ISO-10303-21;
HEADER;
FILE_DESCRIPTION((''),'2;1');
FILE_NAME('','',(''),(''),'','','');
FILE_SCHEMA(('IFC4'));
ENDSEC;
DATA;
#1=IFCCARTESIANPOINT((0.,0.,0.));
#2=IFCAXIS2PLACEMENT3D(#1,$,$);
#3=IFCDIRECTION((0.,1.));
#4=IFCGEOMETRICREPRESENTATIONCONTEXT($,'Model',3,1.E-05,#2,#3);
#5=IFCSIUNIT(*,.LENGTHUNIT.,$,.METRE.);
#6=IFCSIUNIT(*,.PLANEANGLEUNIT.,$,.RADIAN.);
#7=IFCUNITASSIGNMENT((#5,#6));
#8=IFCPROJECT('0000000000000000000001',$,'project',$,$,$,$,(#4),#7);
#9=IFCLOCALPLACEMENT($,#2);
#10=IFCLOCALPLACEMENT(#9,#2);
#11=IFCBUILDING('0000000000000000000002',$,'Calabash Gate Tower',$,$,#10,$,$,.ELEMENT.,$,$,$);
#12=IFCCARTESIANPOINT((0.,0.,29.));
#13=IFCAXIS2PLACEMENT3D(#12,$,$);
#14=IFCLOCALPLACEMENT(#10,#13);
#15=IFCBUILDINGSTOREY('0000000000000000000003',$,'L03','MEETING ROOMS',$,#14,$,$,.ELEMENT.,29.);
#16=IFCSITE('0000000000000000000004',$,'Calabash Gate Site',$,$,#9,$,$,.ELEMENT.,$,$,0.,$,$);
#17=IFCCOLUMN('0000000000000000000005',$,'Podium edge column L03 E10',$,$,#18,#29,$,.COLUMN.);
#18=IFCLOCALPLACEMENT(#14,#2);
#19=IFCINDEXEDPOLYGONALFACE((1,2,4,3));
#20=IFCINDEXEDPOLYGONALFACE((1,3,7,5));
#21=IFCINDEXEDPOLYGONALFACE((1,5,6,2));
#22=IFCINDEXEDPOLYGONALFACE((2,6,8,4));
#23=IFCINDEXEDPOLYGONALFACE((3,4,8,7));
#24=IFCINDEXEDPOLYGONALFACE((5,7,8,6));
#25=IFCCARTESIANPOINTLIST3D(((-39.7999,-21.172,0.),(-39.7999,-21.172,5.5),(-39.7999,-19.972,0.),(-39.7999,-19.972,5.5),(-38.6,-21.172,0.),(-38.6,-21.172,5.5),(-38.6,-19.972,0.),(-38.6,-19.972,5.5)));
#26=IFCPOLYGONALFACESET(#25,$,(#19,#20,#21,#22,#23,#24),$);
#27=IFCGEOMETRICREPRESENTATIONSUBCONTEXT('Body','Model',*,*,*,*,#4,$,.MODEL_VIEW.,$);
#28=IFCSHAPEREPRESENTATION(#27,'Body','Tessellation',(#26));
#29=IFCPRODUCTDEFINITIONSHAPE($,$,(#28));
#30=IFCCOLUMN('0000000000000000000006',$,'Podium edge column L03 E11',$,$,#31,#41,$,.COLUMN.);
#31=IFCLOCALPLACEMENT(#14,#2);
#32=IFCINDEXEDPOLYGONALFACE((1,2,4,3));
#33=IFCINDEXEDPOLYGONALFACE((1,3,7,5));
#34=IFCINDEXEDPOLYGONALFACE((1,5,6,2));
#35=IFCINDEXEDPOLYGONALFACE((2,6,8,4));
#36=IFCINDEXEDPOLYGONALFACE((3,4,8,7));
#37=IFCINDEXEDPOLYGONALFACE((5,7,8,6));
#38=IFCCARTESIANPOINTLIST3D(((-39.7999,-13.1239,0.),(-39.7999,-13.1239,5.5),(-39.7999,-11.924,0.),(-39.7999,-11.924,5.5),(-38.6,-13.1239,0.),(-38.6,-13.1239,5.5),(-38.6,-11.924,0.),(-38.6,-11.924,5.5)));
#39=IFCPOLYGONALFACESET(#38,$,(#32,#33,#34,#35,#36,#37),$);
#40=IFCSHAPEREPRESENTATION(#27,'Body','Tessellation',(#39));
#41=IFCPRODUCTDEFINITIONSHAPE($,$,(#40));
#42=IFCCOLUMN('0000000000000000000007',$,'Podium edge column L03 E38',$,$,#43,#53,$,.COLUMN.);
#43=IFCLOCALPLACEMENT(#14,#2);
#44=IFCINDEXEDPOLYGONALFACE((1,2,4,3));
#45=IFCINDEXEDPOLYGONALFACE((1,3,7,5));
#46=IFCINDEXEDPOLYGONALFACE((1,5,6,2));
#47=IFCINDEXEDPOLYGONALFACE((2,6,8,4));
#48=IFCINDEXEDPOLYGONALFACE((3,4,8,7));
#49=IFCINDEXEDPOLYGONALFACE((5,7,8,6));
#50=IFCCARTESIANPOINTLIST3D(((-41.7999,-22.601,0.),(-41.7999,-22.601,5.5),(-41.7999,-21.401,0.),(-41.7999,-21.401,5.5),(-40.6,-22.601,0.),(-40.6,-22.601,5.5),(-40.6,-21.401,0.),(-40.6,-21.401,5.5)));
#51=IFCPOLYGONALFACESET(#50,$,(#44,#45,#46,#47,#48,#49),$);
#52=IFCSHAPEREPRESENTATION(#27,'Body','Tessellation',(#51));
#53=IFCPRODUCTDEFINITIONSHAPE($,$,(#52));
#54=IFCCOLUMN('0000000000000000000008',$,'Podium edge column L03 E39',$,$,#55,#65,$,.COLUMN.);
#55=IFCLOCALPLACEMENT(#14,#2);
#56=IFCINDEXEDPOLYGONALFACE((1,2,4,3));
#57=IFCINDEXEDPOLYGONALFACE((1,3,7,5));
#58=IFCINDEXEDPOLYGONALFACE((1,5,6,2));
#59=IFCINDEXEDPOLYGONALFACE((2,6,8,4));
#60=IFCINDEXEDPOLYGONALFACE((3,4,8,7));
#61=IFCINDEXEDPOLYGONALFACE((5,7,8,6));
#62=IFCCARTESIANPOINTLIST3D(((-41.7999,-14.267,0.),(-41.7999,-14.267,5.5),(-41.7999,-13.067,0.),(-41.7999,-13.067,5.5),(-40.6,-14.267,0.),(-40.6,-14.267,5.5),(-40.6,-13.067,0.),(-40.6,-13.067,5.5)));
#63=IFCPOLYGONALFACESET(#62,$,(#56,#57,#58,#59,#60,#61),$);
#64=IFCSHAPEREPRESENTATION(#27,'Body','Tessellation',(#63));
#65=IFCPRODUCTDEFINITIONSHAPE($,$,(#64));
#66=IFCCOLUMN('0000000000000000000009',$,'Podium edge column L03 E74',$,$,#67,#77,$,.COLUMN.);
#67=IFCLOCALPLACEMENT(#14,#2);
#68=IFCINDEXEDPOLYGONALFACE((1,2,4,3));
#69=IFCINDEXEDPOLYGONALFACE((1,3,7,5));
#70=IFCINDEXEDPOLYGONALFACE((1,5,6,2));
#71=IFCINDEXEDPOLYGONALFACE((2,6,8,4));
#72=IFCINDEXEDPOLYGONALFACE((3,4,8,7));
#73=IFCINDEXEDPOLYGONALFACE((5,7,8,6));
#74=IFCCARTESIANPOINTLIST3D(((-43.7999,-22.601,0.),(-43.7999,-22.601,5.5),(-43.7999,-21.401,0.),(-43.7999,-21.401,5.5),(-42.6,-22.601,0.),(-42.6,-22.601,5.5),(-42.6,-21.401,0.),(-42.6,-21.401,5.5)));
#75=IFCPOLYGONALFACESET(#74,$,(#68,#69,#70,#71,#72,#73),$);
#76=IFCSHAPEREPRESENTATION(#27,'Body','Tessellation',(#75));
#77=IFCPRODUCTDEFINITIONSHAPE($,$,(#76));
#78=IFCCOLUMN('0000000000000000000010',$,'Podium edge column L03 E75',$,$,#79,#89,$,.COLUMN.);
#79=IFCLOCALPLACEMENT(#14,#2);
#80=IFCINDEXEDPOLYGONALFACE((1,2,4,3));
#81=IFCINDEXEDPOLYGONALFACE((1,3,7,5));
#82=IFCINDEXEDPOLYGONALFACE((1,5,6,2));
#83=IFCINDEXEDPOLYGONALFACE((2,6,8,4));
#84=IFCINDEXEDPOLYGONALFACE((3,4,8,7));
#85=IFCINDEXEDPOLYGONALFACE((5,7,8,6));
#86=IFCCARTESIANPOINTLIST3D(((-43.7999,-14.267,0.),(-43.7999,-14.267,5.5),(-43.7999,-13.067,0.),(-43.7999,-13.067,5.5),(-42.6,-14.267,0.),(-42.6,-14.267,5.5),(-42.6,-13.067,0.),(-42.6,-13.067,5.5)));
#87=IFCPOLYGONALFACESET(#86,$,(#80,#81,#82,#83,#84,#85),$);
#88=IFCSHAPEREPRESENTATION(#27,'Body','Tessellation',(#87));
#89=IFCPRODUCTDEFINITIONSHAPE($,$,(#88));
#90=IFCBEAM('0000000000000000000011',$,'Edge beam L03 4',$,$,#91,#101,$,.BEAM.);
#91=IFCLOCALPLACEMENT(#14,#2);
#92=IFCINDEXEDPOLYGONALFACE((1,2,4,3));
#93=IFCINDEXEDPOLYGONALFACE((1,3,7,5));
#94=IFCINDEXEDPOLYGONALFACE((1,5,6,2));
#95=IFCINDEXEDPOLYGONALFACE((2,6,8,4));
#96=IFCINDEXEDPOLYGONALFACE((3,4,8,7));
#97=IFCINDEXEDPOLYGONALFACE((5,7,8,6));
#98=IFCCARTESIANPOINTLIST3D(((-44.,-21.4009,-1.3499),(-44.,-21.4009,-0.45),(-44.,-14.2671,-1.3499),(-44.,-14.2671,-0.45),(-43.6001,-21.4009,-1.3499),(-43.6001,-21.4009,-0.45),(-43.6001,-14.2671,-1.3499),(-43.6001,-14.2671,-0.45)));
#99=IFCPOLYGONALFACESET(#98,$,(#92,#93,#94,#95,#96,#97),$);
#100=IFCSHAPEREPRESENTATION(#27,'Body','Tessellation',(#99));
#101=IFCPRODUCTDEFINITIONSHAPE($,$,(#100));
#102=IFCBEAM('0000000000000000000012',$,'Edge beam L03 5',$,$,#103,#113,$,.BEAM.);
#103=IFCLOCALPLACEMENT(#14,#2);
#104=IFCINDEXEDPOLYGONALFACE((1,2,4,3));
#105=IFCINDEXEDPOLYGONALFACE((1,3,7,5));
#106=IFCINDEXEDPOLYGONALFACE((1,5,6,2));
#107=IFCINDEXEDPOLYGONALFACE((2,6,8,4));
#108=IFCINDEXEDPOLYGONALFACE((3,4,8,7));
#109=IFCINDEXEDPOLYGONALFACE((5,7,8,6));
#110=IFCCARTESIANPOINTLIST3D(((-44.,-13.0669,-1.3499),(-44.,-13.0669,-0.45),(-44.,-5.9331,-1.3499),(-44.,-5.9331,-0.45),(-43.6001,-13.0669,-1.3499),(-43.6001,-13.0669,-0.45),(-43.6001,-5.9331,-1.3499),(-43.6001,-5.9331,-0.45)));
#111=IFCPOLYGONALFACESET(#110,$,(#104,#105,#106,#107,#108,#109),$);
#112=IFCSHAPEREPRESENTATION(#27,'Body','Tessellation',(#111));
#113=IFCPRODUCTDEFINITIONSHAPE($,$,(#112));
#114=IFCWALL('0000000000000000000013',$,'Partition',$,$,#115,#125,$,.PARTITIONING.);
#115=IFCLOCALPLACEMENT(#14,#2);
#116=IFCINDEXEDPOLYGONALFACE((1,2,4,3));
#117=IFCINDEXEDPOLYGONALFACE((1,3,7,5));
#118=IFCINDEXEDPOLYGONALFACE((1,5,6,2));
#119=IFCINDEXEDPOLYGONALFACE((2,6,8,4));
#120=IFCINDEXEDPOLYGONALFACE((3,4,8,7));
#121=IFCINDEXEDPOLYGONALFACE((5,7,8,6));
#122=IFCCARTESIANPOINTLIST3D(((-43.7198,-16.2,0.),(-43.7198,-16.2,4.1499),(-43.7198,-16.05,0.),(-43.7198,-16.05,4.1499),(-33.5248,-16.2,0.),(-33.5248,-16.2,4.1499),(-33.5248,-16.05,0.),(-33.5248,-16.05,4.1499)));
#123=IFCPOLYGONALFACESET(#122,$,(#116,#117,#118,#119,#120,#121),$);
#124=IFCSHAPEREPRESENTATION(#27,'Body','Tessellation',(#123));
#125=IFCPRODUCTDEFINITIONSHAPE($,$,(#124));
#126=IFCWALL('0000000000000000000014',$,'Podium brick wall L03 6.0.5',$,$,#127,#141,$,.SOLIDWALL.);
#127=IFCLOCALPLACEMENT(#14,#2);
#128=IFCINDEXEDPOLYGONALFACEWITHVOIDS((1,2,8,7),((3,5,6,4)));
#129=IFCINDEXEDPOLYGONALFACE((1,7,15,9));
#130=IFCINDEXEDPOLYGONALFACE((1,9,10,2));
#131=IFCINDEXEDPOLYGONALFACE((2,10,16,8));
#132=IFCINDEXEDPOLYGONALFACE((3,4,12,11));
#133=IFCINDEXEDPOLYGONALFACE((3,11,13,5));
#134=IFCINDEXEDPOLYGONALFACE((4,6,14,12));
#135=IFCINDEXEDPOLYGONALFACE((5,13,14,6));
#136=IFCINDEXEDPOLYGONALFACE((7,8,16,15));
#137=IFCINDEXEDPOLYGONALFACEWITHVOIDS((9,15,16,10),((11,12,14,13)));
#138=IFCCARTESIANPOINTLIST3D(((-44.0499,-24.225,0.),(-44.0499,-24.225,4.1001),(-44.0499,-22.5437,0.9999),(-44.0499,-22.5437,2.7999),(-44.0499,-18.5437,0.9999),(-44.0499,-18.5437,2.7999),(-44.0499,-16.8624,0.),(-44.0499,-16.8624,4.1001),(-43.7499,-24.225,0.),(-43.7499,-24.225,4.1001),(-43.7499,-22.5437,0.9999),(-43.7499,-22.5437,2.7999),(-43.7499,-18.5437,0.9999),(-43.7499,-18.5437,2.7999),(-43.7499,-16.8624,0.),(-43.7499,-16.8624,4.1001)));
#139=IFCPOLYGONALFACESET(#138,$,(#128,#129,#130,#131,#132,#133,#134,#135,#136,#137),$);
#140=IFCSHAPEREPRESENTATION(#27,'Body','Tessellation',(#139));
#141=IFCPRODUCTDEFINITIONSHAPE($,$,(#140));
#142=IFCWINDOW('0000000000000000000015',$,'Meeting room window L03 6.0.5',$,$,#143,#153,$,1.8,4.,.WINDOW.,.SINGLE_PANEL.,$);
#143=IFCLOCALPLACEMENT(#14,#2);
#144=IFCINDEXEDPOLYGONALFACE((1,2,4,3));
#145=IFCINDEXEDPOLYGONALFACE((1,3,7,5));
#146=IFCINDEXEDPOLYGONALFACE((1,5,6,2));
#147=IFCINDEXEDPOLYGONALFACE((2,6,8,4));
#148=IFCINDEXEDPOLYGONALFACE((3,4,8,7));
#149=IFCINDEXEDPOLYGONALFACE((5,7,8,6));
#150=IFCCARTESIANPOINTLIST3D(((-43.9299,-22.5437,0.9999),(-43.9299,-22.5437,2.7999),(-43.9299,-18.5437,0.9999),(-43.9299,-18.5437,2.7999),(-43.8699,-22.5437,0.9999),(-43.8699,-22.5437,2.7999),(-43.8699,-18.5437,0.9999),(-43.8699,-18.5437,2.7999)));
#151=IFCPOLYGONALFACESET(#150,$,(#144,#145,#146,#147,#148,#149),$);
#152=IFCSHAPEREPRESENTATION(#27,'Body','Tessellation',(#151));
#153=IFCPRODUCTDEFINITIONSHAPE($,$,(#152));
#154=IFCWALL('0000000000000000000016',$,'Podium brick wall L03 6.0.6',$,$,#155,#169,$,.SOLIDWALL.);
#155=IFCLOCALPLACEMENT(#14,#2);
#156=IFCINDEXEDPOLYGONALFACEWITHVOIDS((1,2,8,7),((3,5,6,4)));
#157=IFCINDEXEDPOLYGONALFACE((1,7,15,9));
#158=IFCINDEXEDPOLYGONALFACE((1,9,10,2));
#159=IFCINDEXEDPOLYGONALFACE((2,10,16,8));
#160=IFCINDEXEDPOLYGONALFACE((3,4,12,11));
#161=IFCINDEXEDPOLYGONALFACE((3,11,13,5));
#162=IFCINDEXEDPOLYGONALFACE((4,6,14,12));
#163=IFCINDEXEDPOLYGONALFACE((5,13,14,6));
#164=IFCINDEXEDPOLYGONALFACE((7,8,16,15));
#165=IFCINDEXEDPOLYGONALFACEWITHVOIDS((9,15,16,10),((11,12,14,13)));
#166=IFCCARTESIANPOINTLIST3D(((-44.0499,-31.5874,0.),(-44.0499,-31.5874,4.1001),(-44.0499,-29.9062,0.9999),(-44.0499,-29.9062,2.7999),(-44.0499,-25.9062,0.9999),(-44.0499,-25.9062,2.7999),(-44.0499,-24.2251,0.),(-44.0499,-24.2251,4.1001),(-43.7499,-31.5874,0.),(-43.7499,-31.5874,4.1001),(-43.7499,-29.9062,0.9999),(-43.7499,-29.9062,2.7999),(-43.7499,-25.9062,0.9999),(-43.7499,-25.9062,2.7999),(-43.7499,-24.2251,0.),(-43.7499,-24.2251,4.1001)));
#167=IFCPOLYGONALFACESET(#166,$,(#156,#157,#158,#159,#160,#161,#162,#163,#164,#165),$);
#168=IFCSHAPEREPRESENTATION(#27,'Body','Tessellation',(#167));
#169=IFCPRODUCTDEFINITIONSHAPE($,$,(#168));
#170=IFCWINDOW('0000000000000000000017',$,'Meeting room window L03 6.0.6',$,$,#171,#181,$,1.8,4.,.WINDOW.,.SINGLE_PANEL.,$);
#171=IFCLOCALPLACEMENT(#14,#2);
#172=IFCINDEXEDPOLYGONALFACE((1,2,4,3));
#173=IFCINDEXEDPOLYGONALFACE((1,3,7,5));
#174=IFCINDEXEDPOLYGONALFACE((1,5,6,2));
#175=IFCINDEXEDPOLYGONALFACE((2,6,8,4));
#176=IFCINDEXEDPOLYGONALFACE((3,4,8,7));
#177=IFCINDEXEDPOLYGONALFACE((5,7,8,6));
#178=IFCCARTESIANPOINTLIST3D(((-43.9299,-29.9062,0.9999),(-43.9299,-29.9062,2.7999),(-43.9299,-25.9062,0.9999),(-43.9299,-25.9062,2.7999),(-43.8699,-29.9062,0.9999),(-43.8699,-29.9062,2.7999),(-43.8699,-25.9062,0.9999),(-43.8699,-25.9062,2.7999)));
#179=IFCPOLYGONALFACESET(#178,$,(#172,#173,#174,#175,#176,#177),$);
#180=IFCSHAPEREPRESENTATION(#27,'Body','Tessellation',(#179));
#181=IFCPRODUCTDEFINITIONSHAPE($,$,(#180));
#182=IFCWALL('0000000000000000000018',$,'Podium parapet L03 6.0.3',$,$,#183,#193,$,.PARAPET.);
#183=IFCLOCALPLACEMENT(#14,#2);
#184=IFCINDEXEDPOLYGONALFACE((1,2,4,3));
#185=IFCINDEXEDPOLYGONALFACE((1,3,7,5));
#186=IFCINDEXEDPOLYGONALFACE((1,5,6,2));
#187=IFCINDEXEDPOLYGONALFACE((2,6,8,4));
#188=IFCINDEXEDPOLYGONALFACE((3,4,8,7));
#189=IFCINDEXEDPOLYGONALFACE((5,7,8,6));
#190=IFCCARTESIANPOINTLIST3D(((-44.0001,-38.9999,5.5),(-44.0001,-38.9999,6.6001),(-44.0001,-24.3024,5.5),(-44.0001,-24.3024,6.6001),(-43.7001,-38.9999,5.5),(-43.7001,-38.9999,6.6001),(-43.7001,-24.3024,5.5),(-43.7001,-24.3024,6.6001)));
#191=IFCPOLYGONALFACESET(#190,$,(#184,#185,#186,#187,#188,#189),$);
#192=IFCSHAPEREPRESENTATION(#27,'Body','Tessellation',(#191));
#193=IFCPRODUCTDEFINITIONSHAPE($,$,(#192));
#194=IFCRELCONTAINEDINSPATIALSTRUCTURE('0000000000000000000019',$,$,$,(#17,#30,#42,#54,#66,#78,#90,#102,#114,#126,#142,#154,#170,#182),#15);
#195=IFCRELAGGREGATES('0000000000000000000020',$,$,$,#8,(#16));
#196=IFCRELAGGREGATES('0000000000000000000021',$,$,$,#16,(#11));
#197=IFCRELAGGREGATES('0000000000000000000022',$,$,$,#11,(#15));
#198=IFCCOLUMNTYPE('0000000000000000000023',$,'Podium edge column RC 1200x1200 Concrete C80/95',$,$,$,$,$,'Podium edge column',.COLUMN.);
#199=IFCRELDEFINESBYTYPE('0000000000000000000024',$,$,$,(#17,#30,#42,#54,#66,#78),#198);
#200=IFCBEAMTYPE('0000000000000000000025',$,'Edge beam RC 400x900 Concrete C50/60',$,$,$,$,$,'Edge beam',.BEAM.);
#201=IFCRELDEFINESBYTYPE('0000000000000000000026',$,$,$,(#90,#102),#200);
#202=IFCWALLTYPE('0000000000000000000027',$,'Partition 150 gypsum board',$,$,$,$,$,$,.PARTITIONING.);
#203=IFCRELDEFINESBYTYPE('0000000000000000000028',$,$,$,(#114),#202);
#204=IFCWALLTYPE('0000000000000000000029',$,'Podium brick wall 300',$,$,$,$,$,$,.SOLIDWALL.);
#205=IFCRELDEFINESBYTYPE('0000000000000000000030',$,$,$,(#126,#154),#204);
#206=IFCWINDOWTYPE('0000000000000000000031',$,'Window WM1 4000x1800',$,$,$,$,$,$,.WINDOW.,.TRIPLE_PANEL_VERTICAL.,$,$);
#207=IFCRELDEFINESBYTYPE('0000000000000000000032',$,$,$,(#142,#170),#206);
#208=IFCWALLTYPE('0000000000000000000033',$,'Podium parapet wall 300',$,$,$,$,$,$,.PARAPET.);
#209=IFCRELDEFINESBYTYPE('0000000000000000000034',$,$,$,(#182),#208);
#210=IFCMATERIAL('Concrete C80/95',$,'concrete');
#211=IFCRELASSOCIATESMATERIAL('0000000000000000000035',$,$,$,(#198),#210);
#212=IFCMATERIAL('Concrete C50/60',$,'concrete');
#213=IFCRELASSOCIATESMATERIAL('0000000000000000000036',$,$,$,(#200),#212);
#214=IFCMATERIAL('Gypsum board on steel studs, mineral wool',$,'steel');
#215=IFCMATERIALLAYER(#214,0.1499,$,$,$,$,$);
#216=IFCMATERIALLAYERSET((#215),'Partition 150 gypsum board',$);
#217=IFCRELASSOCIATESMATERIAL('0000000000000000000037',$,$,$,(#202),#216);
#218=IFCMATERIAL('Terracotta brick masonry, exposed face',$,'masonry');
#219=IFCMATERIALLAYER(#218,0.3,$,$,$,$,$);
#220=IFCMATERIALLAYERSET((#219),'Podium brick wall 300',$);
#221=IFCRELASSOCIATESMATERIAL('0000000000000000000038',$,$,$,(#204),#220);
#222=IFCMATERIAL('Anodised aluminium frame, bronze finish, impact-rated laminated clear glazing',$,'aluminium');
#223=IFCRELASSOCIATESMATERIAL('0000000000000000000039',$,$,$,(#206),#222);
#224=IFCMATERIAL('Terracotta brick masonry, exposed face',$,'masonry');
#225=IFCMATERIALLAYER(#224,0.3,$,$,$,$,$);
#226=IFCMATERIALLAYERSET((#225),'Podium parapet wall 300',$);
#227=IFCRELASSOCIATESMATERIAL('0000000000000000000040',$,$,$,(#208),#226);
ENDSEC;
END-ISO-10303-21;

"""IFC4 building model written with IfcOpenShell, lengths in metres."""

from ifc_helpers import new_model, si_unit, direction, frame, frame_2d, origin, origin_2d, place, context, subcontext, project, spatial, rectangle, extrude, material, layer, layer_set, material_profile, profile_set, type_object, element, fill, save


model = new_model("IFC4")

# Units and contexts
model_context = context("Model", 3, precision=1e-05, world=origin(), true_north=direction((0.0, 1.0)))
body_context = subcontext(model_context, "Body", "Model", "MODEL_VIEW")
ifc_project = project(units=[si_unit("LENGTHUNIT", "METRE"), si_unit("PLANEANGLEUNIT", "RADIAN")], contexts=[model_context])

# Site, building, storey
site_placement = place(None, origin())
site = spatial("IfcSite", under=ifc_project, at=site_placement, Name="Calabash Gate Site", CompositionType="ELEMENT", RefElevation=0.0)
building_placement = place(site_placement, origin())
building = spatial("IfcBuilding", under=site, at=building_placement, Name="Calabash Gate Tower", CompositionType="ELEMENT")
storey_placement = place(building_placement, frame((0.0, 0.0, 29.0)))
storey = spatial("IfcBuildingStorey", under=building, at=storey_placement, Name="L03", Description="MEETING ROOMS", CompositionType="ELEMENT", Elevation=29.0)

# Columns
ifc_material_1 = material(Name="Concrete C80/95", Category="concrete")
ifc_material_profile_1 = material_profile(ifc_material_1, rectangle(XDim=1.2, YDim=1.2, at=origin_2d()))
ifc_profile_set_1 = profile_set([ifc_material_profile_1], Name="Concrete C80/95")
column_type = type_object("IfcColumnType", Name="Podium edge column RC 1200x1200 Concrete C80/95", ElementType="Podium edge column", PredefinedType="COLUMN", material=ifc_profile_set_1)
for number, where, z_axis, x_axis, name in (
    (1, (-39.2, -20.572, 0.0), (0.0, 0.0, 1.0), (1.0, 0.0, 0.0), "Podium edge column L03 E10"),
    (2, (-39.2, -12.5239, 0.0), (0.0, 0.0, 1.0), (1.0, 0.0, 0.0), "Podium edge column L03 E11"),
    (3, (-41.2, -22.001, 0.0), (0.0, 0.0, 1.0), (1.0, 0.0, 0.0), "Podium edge column L03 E38"),
    (4, (-41.2, -13.667, 0.0), (0.0, 0.0, 1.0), (1.0, 0.0, 0.0), "Podium edge column L03 E39"),
    (5, (-43.2, -22.001, 0.0), (0.0, 0.0, 1.0), (1.0, 0.0, 0.0), "Podium edge column L03 E74"),
    (6, (-43.2, -13.667, 0.0), (0.0, 0.0, 1.0), (1.0, 0.0, 0.0), "Podium edge column L03 E75"),
):
    element("IfcColumn", number, at=place(storey_placement, frame(where, z_axis=z_axis, x_axis=x_axis)), inside=storey, type_object=column_type, Name=name, PredefinedType="COLUMN", context=body_context, shape_type="SweptSolid", body=[
        extrude(rectangle(XDim=1.2, YDim=1.2, at=origin_2d()), origin(), (0.0, 0.0, 1.0), 5.5),
    ])

# Beams
ifc_material_2 = material(Name="Concrete C50/60", Category="concrete")
ifc_material_profile_2 = material_profile(ifc_material_2, rectangle(XDim=0.3999, YDim=0.8999, at=origin_2d()))
ifc_profile_set_2 = profile_set([ifc_material_profile_2], Name="Concrete C50/60")
beam_type = type_object("IfcBeamType", Name="Edge beam RC 400x900 Concrete C50/60", ElementType="Edge beam", PredefinedType="BEAM", material=ifc_profile_set_2)
for number, where, z_axis, x_axis, name in (
    (7, (-43.8, -21.4009, -0.8999), (0.0, 1.0, 0.0), (-1.0, 0.0, 0.0), "Edge beam L03 4"),
    (8, (-43.8, -13.0669, -0.8999), (0.0, 1.0, 0.0), (-1.0, 0.0, 0.0), "Edge beam L03 5"),
):
    element("IfcBeam", number, at=place(storey_placement, frame(where, z_axis=z_axis, x_axis=x_axis)), inside=storey, type_object=beam_type, Name=name, PredefinedType="BEAM", context=body_context, shape_type="SweptSolid", body=[
        extrude(rectangle(XDim=0.3999, YDim=0.8999, at=origin_2d()), origin(), (0.0, 0.0, 1.0), 7.1338),
    ])

# Wall
ifc_material_3 = material(Name="Gypsum board on steel studs, mineral wool", Category="steel")
ifc_layer_1 = layer(ifc_material_3, 0.1499)
ifc_layer_set_1 = layer_set([ifc_layer_1], Name="Partition 150 gypsum board")
wall_type_1 = type_object("IfcWallType", Name="Partition 150 gypsum board", PredefinedType="PARTITIONING", material=ifc_layer_set_1)
wall_1_placement = place(storey_placement, frame((-43.72, -16.125, 0.0), z_axis=(0.0, 0.0, 1.0), x_axis=(1.0, 0.0, 0.0)))
element("IfcWall", 9, at=wall_1_placement, inside=storey, type_object=wall_type_1, Name="Partition", PredefinedType="PARTITIONING", context=body_context, shape_type="SweptSolid", body=[
    extrude(rectangle(XDim=10.1951, YDim=0.1499, at=frame_2d((5.0977, 0.0))), origin(), (0.0, 0.0, 1.0), 4.1499),
])

# Walls, openings, windows
ifc_material_4 = material(Name="Terracotta brick masonry, exposed face", Category="masonry")
ifc_layer_2 = layer(ifc_material_4, 0.3)
ifc_layer_set_2 = layer_set([ifc_layer_2], Name="Podium brick wall 300")
wall_type_2 = type_object("IfcWallType", Name="Podium brick wall 300", PredefinedType="SOLIDWALL", material=ifc_layer_set_2)
wall_2_placement = place(storey_placement, frame((-43.8999, -16.8625, 0.0), z_axis=(0.0, 0.0, 1.0), x_axis=(0.0, -1.0, 0.0)))
wall_2 = element("IfcWall", 10, at=wall_2_placement, inside=storey, type_object=wall_type_2, Name="Podium brick wall L03 6.0.5", PredefinedType="SOLIDWALL", context=body_context, shape_type="SweptSolid", body=[
    extrude(rectangle(XDim=7.3625, YDim=0.3, at=frame_2d((3.6812, 0.0))), origin(), (0.0, 0.0, 1.0), 4.1001),
])
opening_1_placement = place(wall_2_placement, frame((1.6812, 0.0, 1.0)))
opening_1 = element("IfcOpeningElement", 11, at=opening_1_placement, cuts=wall_2, PredefinedType="OPENING", context=body_context, shape_type="SweptSolid", body=[
    extrude(rectangle(XDim=4.0, YDim=1.8, at=frame_2d((2.0, 0.8999))), frame((0.0, 0.1599, 0.0), z_axis=(0.0, -1.0, 0.0), x_axis=(1.0, 0.0, 0.0)), (0.0, 0.0, 1.0), 0.3201),
])
ifc_material_5 = material(Name="Anodised aluminium frame, bronze finish, impact-rated laminated clear glazing", Category="aluminium")
window_type = type_object("IfcWindowType", Name="Window WM1 4000x1800", PartitioningType="TRIPLE_PANEL_VERTICAL", PredefinedType="WINDOW", material=ifc_material_5)
window_1_placement = place(opening_1_placement, origin())
window_1 = element("IfcWindow", 12, at=window_1_placement, inside=storey, type_object=window_type, Name="Meeting room window L03 6.0.5", OverallHeight=1.8, OverallWidth=4.0, PartitioningType="SINGLE_PANEL", PredefinedType="WINDOW", context=body_context, shape_type="SweptSolid", body=[
    extrude(rectangle(XDim=4.0, YDim=1.8, at=frame_2d((2.0, 0.8999))), frame((0.0, 0.03, 0.0), z_axis=(0.0, -1.0, 0.0), x_axis=(1.0, 0.0, 0.0)), (0.0, 0.0, 1.0), 0.0601),
])
fill(opening_1, window_1)
wall_3_placement = place(storey_placement, frame((-43.8999, -24.2251, 0.0), z_axis=(0.0, 0.0, 1.0), x_axis=(0.0, -1.0, 0.0)))
wall_3 = element("IfcWall", 13, at=wall_3_placement, inside=storey, type_object=wall_type_2, Name="Podium brick wall L03 6.0.6", PredefinedType="SOLIDWALL", context=body_context, shape_type="SweptSolid", body=[
    extrude(rectangle(XDim=7.3623, YDim=0.3, at=frame_2d((3.6812, 0.0))), origin(), (0.0, 0.0, 1.0), 4.1001),
])
opening_2_placement = place(wall_3_placement, frame((1.6812, 0.0, 1.0)))
opening_2 = element("IfcOpeningElement", 14, at=opening_2_placement, cuts=wall_3, PredefinedType="OPENING", context=body_context, shape_type="SweptSolid", body=[
    extrude(rectangle(XDim=4.0, YDim=1.8, at=frame_2d((2.0, 0.8999))), frame((0.0, 0.1599, 0.0), z_axis=(0.0, -1.0, 0.0), x_axis=(1.0, 0.0, 0.0)), (0.0, 0.0, 1.0), 0.3201),
])
window_2_placement = place(opening_2_placement, origin())
window_2 = element("IfcWindow", 15, at=window_2_placement, inside=storey, type_object=window_type, Name="Meeting room window L03 6.0.6", OverallHeight=1.8, OverallWidth=4.0, PartitioningType="SINGLE_PANEL", PredefinedType="WINDOW", context=body_context, shape_type="SweptSolid", body=[
    extrude(rectangle(XDim=4.0, YDim=1.8, at=frame_2d((2.0, 0.8999))), frame((0.0, 0.03, 0.0), z_axis=(0.0, -1.0, 0.0), x_axis=(1.0, 0.0, 0.0)), (0.0, 0.0, 1.0), 0.0601),
])
fill(opening_2, window_2)

# Wall
ifc_material_6 = material(Name="Terracotta brick masonry, exposed face", Category="masonry")
ifc_layer_3 = layer(ifc_material_6, 0.3)
ifc_layer_set_3 = layer_set([ifc_layer_3], Name="Podium parapet wall 300")
wall_type_3 = type_object("IfcWallType", Name="Podium parapet wall 300", PredefinedType="PARAPET", material=ifc_layer_set_3)
wall_4_placement = place(storey_placement, frame((-43.8501, -24.3025, 5.5), z_axis=(0.0, 0.0, 1.0), x_axis=(0.0, -1.0, 0.0)))
element("IfcWall", 16, at=wall_4_placement, inside=storey, type_object=wall_type_3, Name="Podium parapet L03 6.0.3", PredefinedType="PARAPET", context=body_context, shape_type="SweptSolid", body=[
    extrude(rectangle(XDim=14.6975, YDim=0.3, at=frame_2d((7.3486, 0.0))), origin(), (0.0, 0.0, 1.0), 1.1001),
])

save(model, "model.ifc")
